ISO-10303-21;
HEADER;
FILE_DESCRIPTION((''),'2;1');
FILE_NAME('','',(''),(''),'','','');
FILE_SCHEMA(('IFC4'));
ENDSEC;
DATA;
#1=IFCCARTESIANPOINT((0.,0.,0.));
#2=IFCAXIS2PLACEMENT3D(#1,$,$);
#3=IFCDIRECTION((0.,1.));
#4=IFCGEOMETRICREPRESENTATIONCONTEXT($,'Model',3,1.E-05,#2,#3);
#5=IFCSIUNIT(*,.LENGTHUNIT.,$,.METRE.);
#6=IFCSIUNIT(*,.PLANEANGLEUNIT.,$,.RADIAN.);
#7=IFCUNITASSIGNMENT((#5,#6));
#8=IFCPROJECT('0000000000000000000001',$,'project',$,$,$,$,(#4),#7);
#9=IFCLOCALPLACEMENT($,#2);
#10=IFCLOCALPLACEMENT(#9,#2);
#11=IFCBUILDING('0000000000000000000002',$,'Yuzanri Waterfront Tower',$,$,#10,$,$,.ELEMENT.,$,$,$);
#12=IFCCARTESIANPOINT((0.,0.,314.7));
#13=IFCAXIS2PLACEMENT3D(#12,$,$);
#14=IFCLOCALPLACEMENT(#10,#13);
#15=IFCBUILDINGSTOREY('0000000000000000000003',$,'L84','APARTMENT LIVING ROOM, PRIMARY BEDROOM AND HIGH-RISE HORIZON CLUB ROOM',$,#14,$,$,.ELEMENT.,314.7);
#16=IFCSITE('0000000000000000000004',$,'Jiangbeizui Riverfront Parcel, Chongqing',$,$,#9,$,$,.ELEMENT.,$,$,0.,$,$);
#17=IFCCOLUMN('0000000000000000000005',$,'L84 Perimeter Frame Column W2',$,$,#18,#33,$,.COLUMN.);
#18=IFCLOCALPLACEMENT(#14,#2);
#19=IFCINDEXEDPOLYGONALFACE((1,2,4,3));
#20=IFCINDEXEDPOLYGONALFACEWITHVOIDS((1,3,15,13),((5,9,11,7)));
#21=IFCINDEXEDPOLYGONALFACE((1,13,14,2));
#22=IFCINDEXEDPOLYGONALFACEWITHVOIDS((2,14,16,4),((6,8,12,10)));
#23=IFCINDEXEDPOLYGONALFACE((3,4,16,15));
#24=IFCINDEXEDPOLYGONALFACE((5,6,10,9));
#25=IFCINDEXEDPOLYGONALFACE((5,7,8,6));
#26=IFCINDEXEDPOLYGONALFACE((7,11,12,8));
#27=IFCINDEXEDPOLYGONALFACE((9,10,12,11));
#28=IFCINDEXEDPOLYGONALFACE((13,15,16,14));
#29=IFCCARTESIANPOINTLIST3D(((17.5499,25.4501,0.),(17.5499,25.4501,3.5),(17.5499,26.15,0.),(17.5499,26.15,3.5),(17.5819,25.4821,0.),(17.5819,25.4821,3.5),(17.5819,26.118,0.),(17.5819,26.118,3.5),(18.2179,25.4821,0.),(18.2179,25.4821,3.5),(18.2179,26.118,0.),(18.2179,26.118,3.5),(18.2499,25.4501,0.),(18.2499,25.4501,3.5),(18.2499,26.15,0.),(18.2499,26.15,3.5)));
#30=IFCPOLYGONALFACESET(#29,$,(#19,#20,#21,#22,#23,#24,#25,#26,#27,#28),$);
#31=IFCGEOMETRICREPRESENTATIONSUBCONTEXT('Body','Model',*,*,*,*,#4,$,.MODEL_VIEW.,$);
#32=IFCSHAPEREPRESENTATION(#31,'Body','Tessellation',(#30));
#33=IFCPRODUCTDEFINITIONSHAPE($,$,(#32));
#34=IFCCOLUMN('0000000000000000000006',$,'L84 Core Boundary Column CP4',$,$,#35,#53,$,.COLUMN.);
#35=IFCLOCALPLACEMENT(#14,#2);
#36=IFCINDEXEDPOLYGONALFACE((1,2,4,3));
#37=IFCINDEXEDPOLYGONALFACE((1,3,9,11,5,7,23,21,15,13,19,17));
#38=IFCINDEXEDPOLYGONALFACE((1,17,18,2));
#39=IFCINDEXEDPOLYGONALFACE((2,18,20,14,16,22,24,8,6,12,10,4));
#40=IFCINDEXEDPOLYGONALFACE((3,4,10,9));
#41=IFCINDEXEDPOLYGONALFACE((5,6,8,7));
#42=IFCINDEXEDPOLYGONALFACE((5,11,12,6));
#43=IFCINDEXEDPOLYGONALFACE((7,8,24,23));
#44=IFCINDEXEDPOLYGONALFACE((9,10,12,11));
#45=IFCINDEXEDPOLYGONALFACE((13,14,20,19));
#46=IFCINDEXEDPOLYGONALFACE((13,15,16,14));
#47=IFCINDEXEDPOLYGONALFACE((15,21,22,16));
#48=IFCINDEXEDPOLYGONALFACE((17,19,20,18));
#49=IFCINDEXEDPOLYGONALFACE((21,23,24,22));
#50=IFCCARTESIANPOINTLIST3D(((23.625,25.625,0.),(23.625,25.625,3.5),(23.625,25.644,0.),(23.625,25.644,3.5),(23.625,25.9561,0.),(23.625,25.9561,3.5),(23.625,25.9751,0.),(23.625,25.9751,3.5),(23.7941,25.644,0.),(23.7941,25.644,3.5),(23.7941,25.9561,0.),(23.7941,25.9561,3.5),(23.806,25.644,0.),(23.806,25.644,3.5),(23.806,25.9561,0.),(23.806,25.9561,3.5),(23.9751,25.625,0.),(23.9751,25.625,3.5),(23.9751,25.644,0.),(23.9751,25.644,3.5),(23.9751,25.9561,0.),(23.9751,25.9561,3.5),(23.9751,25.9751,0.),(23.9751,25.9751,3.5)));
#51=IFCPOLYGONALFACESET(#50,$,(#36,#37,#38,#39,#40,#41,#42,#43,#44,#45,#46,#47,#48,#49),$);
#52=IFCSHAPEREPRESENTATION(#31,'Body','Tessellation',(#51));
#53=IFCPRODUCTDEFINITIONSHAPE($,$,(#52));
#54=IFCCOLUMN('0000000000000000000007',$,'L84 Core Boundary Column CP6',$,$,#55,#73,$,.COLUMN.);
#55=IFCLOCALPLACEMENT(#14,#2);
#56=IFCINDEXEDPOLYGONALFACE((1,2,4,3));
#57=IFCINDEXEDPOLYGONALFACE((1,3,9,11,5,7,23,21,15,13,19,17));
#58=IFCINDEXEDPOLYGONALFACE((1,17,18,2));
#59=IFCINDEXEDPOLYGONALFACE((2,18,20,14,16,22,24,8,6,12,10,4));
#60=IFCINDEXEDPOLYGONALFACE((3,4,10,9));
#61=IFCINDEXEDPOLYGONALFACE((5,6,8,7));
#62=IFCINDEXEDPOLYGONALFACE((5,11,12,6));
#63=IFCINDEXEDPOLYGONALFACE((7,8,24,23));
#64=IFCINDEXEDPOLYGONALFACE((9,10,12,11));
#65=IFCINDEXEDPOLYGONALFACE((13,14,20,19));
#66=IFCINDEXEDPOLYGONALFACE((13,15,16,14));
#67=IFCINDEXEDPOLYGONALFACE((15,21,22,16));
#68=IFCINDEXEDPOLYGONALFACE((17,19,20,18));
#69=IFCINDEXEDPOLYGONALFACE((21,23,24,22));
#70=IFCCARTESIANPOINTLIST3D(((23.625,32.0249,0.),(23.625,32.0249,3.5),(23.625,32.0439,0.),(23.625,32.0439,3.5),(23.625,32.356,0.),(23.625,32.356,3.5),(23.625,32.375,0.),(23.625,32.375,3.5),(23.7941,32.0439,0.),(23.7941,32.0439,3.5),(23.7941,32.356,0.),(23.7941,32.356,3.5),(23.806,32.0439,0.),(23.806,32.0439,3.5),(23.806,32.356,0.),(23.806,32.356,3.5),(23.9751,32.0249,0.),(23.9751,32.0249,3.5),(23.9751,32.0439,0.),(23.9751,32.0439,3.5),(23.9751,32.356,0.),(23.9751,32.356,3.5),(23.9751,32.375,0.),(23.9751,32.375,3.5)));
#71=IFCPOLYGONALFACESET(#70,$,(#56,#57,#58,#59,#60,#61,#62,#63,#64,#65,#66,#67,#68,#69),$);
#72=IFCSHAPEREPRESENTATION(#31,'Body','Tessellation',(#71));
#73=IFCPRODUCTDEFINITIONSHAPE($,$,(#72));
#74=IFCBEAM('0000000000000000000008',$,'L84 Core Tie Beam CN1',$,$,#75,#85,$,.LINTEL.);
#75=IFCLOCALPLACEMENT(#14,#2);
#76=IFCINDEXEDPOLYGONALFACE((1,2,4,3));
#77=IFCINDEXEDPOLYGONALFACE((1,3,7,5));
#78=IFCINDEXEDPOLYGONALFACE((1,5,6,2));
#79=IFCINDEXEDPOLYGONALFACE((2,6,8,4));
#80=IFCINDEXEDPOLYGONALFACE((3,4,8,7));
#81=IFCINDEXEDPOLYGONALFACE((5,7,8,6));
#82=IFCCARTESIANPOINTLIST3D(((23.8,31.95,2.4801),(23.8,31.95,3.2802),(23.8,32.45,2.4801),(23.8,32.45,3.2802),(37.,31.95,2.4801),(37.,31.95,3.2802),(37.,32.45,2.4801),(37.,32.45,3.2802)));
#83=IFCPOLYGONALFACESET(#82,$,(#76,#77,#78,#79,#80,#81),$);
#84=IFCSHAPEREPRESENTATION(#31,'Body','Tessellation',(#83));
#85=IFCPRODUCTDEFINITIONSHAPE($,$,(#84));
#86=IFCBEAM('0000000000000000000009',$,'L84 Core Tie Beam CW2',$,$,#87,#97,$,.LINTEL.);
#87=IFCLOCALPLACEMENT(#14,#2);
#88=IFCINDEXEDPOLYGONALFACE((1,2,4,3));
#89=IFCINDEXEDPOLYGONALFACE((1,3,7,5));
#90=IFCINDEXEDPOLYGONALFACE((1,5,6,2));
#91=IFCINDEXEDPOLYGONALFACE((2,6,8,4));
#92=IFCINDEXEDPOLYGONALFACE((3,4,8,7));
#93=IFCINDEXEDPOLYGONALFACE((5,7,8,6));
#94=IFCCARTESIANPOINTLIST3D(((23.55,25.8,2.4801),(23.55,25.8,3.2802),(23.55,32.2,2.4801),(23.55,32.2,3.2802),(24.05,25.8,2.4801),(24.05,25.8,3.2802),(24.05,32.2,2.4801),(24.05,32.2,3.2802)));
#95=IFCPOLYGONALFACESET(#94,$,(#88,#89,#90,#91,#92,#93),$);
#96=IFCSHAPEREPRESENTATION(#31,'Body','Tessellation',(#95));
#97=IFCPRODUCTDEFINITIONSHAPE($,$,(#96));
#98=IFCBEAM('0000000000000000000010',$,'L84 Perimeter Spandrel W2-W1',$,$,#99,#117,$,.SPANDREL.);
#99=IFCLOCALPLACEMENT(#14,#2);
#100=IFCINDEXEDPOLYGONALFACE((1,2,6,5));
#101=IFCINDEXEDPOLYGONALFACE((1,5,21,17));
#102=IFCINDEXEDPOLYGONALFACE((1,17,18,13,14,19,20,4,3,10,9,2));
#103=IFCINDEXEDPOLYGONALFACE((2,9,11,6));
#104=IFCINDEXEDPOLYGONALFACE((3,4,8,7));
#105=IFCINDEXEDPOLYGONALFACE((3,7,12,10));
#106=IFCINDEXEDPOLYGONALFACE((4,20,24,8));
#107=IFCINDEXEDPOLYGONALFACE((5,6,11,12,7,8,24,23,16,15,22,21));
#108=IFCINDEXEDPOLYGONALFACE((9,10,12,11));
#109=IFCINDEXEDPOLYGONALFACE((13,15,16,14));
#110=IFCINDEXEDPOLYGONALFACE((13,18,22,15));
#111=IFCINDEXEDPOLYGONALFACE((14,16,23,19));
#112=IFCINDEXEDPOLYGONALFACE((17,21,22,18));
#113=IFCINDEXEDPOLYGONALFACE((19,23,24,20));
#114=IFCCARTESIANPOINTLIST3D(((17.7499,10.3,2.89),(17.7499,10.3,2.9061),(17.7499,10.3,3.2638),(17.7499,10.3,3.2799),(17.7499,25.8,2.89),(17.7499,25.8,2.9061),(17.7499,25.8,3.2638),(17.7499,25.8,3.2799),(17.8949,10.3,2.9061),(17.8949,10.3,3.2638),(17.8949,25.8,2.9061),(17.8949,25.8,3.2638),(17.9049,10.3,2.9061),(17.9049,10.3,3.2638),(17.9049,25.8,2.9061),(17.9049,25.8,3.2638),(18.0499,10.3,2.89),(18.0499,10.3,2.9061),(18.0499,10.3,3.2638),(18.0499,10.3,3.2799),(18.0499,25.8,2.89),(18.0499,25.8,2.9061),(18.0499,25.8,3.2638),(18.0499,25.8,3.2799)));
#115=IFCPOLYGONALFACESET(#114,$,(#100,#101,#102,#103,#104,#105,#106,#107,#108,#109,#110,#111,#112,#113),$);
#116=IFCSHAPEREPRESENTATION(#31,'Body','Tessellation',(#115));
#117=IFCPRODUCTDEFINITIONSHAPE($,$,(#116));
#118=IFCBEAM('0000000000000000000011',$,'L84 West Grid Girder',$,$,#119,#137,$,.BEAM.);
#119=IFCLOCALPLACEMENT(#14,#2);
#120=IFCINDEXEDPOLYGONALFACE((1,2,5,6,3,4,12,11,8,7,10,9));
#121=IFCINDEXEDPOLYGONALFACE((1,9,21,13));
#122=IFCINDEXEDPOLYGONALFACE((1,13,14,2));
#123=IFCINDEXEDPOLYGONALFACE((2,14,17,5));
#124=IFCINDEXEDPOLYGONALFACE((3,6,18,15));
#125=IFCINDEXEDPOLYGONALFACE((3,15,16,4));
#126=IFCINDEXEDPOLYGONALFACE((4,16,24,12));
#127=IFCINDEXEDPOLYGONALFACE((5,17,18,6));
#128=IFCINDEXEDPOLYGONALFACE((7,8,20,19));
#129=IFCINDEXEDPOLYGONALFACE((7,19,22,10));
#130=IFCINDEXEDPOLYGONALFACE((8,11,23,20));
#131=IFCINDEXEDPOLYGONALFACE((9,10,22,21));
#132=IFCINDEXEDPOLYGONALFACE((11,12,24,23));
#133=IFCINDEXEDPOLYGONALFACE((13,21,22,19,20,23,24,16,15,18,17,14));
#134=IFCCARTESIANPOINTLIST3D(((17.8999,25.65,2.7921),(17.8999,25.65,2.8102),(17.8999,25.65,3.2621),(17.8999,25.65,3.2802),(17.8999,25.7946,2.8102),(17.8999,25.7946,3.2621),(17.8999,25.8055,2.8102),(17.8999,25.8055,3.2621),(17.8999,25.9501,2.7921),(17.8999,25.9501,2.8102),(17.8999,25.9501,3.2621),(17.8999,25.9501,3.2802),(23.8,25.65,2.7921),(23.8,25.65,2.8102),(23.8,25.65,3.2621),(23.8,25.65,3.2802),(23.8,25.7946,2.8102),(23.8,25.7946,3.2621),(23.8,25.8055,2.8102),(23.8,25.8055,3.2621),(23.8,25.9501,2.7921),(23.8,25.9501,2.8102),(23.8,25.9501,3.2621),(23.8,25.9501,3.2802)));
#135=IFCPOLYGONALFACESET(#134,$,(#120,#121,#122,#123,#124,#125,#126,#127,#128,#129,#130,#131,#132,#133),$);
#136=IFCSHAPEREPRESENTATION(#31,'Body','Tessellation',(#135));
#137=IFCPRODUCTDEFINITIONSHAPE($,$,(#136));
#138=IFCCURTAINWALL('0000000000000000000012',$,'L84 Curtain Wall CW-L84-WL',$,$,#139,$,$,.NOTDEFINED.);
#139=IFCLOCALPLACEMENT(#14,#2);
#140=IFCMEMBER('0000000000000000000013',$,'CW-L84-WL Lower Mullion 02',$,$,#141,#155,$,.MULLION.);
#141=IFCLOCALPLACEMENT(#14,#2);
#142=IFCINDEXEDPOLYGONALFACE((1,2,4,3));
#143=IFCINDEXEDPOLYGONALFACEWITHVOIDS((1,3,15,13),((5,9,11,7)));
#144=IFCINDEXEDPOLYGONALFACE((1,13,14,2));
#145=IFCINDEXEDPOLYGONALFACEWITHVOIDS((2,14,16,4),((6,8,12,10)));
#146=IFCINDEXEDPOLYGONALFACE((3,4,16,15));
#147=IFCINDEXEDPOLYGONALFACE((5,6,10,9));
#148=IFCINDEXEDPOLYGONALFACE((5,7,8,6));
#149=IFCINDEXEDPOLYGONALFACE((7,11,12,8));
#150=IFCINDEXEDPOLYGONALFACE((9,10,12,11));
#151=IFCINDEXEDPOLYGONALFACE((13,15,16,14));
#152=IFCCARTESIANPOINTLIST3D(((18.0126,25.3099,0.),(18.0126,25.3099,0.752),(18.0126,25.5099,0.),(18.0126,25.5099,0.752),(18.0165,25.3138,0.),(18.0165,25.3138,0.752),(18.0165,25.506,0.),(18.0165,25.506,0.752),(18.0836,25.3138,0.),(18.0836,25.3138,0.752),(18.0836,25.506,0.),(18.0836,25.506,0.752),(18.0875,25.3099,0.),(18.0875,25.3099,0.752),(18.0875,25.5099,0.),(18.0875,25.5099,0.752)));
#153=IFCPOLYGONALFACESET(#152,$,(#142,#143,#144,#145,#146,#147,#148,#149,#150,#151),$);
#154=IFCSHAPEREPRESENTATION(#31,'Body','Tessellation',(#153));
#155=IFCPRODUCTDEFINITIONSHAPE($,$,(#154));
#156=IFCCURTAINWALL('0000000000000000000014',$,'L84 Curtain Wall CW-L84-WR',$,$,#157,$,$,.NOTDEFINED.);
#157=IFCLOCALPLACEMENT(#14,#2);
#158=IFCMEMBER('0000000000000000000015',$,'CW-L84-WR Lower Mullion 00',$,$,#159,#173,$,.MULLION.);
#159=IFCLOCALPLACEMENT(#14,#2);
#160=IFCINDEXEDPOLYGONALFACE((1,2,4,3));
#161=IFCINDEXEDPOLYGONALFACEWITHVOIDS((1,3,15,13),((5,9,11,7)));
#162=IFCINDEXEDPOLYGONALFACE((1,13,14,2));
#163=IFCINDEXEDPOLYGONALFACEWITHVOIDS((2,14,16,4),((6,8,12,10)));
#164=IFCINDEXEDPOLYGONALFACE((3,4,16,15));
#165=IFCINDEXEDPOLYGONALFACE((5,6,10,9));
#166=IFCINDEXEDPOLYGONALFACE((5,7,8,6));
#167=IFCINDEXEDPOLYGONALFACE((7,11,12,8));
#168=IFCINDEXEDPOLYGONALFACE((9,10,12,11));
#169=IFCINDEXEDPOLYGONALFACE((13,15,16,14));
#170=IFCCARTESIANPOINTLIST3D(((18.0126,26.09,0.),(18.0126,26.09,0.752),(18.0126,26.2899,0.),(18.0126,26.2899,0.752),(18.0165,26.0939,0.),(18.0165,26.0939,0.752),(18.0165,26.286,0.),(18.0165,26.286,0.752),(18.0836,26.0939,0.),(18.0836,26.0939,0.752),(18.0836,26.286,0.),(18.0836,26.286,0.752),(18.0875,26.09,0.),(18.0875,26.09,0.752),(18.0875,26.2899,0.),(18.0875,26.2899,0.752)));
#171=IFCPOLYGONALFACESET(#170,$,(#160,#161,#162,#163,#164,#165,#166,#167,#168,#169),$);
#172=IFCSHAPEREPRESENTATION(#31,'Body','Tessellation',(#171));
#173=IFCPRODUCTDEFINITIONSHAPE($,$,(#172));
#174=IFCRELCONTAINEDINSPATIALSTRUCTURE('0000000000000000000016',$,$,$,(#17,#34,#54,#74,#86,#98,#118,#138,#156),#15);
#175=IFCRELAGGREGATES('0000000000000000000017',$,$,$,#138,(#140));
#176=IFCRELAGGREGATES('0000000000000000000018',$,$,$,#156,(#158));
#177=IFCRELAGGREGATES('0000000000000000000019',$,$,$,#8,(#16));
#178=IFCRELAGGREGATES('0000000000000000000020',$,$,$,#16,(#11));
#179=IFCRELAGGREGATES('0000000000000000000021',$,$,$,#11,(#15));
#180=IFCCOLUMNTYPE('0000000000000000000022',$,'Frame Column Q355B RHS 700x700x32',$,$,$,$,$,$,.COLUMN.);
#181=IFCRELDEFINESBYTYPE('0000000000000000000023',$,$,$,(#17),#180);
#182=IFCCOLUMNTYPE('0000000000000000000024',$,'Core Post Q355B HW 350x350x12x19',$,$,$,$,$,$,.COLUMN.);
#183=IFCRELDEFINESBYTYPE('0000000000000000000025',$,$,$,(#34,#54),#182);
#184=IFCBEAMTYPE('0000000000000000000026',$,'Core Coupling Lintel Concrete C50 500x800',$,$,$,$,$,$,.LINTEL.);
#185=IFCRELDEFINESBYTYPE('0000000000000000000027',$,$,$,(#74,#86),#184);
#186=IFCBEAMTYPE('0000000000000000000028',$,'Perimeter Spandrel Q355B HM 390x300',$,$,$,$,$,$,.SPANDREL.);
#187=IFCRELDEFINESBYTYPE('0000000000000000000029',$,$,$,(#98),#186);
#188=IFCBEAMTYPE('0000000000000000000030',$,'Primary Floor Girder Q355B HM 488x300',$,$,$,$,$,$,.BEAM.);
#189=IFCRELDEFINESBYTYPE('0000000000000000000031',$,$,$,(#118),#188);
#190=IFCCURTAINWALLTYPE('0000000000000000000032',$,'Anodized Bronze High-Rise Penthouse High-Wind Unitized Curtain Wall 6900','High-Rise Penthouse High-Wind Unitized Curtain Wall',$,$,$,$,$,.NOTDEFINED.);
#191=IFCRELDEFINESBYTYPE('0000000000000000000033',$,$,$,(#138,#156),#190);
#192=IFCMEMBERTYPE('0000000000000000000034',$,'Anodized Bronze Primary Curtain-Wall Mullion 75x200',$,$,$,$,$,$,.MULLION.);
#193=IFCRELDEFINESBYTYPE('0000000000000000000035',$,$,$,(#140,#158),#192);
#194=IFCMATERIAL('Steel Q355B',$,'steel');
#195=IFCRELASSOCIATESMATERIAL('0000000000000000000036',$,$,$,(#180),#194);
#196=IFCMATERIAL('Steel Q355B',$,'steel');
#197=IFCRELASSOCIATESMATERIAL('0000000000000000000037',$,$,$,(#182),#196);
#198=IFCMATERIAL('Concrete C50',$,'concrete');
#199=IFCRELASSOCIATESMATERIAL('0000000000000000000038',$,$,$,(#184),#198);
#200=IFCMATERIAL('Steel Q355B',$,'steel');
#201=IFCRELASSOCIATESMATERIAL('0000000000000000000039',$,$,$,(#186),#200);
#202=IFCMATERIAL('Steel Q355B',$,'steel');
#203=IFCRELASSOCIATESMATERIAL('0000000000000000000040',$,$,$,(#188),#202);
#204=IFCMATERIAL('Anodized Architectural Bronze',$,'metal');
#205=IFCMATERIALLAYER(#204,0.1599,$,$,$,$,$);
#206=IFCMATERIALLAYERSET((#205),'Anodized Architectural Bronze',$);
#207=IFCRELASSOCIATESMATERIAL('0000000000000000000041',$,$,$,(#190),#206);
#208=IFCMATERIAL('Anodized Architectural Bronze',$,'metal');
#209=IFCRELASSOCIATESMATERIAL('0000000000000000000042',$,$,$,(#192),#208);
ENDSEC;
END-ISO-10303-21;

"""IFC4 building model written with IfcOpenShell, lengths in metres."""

from ifc_helpers import new_model, si_unit, direction, frame, origin, origin_2d, place, context, subcontext, project, spatial, rectangle, hollow_rectangle, i_section, extrude, source, transform, mapped, material, layer, layer_set, material_profile, profile_set, type_object, element, aggregate, save


model = new_model("IFC4")

# Units and contexts
model_context = context("Model", 3, precision=1e-05, world=origin(), true_north=direction((0.0, 1.0)))
body_context = subcontext(model_context, "Body", "Model", "MODEL_VIEW")
ifc_project = project(units=[si_unit("LENGTHUNIT", "METRE"), si_unit("PLANEANGLEUNIT", "RADIAN")], contexts=[model_context])

# Site, building, storey
site_placement = place(None, origin())
site = spatial("IfcSite", under=ifc_project, at=site_placement, Name="Jiangbeizui Riverfront Parcel, Chongqing", CompositionType="ELEMENT", RefElevation=0.0)
building_placement = place(site_placement, origin())
building = spatial("IfcBuilding", under=site, at=building_placement, Name="Yuzanri Waterfront Tower", CompositionType="ELEMENT")
storey_placement = place(building_placement, frame((0.0, 0.0, 314.7)))
storey = spatial("IfcBuildingStorey", under=building, at=storey_placement, Name="L84", Description="APARTMENT LIVING ROOM, PRIMARY BEDROOM AND HIGH-RISE HORIZON CLUB ROOM", CompositionType="ELEMENT", Elevation=314.7)

# Columns
ifc_material_1 = material(Name="Steel Q355B", Category="steel")
ifc_material_profile_1 = material_profile(ifc_material_1, hollow_rectangle(XDim=0.7, YDim=0.7, WallThickness=0.032, at=origin_2d()), Name="RHS 700x700x32")
ifc_profile_set_1 = profile_set([ifc_material_profile_1], Name="Steel Q355B")
column_type_1 = type_object("IfcColumnType", Name="Frame Column Q355B RHS 700x700x32", PredefinedType="COLUMN", material=ifc_profile_set_1)
shared_shape_1 = source(origin(), body_context, "Body", "SweptSolid", [
    extrude(hollow_rectangle(XDim=0.7, YDim=0.7, WallThickness=0.032, at=origin_2d()), origin(), (0.0, 0.0, 1.0), 3.5),
])
column_placement = place(storey_placement, frame((17.8999, 25.8, 0.0), z_axis=(0.0, 0.0, 1.0), x_axis=(1.0, 0.0, 0.0)))
element("IfcColumn", 1, at=column_placement, inside=storey, type_object=column_type_1, Name="L84 Perimeter Frame Column W2", PredefinedType="COLUMN", context=body_context, shape_type="MappedRepresentation", body=[
    mapped(shared_shape_1, transform((0.0, 0.0, 0.0), scale=1.0)),
])
ifc_material_2 = material(Name="Steel Q355B", Category="steel")
ifc_material_profile_2 = material_profile(ifc_material_2, i_section(OverallWidth=0.3501, OverallDepth=0.3501, WebThickness=0.012, FlangeThickness=0.019, at=origin_2d()), Name="HW 350x350x12x19")
ifc_profile_set_2 = profile_set([ifc_material_profile_2], Name="Steel Q355B")
column_type_2 = type_object("IfcColumnType", Name="Core Post Q355B HW 350x350x12x19", PredefinedType="COLUMN", material=ifc_profile_set_2)
shared_shape_2 = source(origin(), body_context, "Body", "SweptSolid", [
    extrude(i_section(OverallWidth=0.3501, OverallDepth=0.3501, WebThickness=0.012, FlangeThickness=0.019, at=origin_2d()), origin(), (0.0, 0.0, 1.0), 3.5),
])
for number, where, z_axis, x_axis, name in (
    (2, (23.8, 25.8, 0.0), (0.0, 0.0, 1.0), (1.0, 0.0, 0.0), "L84 Core Boundary Column CP4"),
    (3, (23.8, 32.2, 0.0), (0.0, 0.0, 1.0), (1.0, 0.0, 0.0), "L84 Core Boundary Column CP6"),
):
    element("IfcColumn", number, at=place(storey_placement, frame(where, z_axis=z_axis, x_axis=x_axis)), inside=storey, type_object=column_type_2, Name=name, PredefinedType="COLUMN", context=body_context, shape_type="MappedRepresentation", body=[
        mapped(shared_shape_2, transform((0.0, 0.0, 0.0), scale=1.0)),
    ])

# Beams
ifc_material_3 = material(Name="Concrete C50", Category="concrete")
ifc_material_profile_3 = material_profile(ifc_material_3, rectangle(XDim=0.5, YDim=0.8, at=origin_2d()), Name="RC 500x800")
ifc_profile_set_3 = profile_set([ifc_material_profile_3], Name="Concrete C50")
beam_type_1 = type_object("IfcBeamType", Name="Core Coupling Lintel Concrete C50 500x800", PredefinedType="LINTEL", material=ifc_profile_set_3)
shared_shape_3 = source(origin(), body_context, "Body", "SweptSolid", [
    extrude(rectangle(XDim=0.5, YDim=0.8, at=origin_2d()), origin(), (0.0, 0.0, 1.0), 13.2),
])
beam_1_placement = place(storey_placement, frame((23.8, 32.2, 2.8801), z_axis=(1.0, 0.0, 0.0), x_axis=(0.0, 1.0, 0.0)))
element("IfcBeam", 4, at=beam_1_placement, inside=storey, type_object=beam_type_1, Name="L84 Core Tie Beam CN1", PredefinedType="LINTEL", context=body_context, shape_type="MappedRepresentation", body=[
    mapped(shared_shape_3, transform((0.0, 0.0, 0.0), scale=1.0)),
])
shared_shape_4 = source(origin(), body_context, "Body", "SweptSolid", [
    extrude(rectangle(XDim=0.5, YDim=0.8, at=origin_2d()), origin(), (0.0, 0.0, 1.0), 6.3999),
])
beam_2_placement = place(storey_placement, frame((23.8, 25.8, 2.8801), z_axis=(0.0, 1.0, 0.0), x_axis=(-1.0, 0.0, 0.0)))
element("IfcBeam", 5, at=beam_2_placement, inside=storey, type_object=beam_type_1, Name="L84 Core Tie Beam CW2", PredefinedType="LINTEL", context=body_context, shape_type="MappedRepresentation", body=[
    mapped(shared_shape_4, transform((0.0, 0.0, 0.0), scale=1.0)),
])
ifc_material_4 = material(Name="Steel Q355B", Category="steel")
ifc_material_profile_4 = material_profile(ifc_material_4, i_section(OverallWidth=0.3, OverallDepth=0.3899, WebThickness=0.01, FlangeThickness=0.0161, at=origin_2d()), Name="HM 390x300x10x16")
ifc_profile_set_4 = profile_set([ifc_material_profile_4], Name="Steel Q355B")
beam_type_2 = type_object("IfcBeamType", Name="Perimeter Spandrel Q355B HM 390x300", PredefinedType="SPANDREL", material=ifc_profile_set_4)
shared_shape_5 = source(origin(), body_context, "Body", "SweptSolid", [
    extrude(i_section(OverallWidth=0.3, OverallDepth=0.3899, WebThickness=0.01, FlangeThickness=0.0161, at=origin_2d()), origin(), (0.0, 0.0, 1.0), 15.5),
])
beam_3_placement = place(storey_placement, frame((17.8999, 25.8, 3.085), z_axis=(0.0, -1.0, 0.0), x_axis=(1.0, 0.0, 0.0)))
element("IfcBeam", 6, at=beam_3_placement, inside=storey, type_object=beam_type_2, Name="L84 Perimeter Spandrel W2-W1", PredefinedType="SPANDREL", context=body_context, shape_type="MappedRepresentation", body=[
    mapped(shared_shape_5, transform((0.0, 0.0, 0.0), scale=1.0)),
])
ifc_material_5 = material(Name="Steel Q355B", Category="steel")
ifc_material_profile_5 = material_profile(ifc_material_5, i_section(OverallWidth=0.3, OverallDepth=0.488, WebThickness=0.011, FlangeThickness=0.0181, at=origin_2d()), Name="HM 488x300x11x18")
ifc_profile_set_5 = profile_set([ifc_material_profile_5], Name="Steel Q355B")
beam_type_3 = type_object("IfcBeamType", Name="Primary Floor Girder Q355B HM 488x300", PredefinedType="BEAM", material=ifc_profile_set_5)
shared_shape_6 = source(origin(), body_context, "Body", "SweptSolid", [
    extrude(i_section(OverallWidth=0.3, OverallDepth=0.488, WebThickness=0.011, FlangeThickness=0.0181, at=origin_2d()), origin(), (0.0, 0.0, 1.0), 5.9001),
])
beam_4_placement = place(storey_placement, frame((23.8, 25.8, 3.0361), z_axis=(-1.0, 0.0, 0.0), x_axis=(0.0, -1.0, 0.0)))
element("IfcBeam", 7, at=beam_4_placement, inside=storey, type_object=beam_type_3, Name="L84 West Grid Girder", PredefinedType="BEAM", context=body_context, shape_type="MappedRepresentation", body=[
    mapped(shared_shape_6, transform((0.0, 0.0, 0.0), scale=1.0)),
])

# Curtain wall, member
ifc_material_6 = material(Name="Anodized Architectural Bronze", Category="metal")
ifc_layer_1 = layer(ifc_material_6, 0.1599)
ifc_layer_set_1 = layer_set([ifc_layer_1], Name="Anodized Architectural Bronze")
curtain_wall_type = type_object("IfcCurtainWallType", Name="Anodized Bronze High-Rise Penthouse High-Wind Unitized Curtain Wall 6900", Description="High-Rise Penthouse High-Wind Unitized Curtain Wall", PredefinedType="NOTDEFINED", material=ifc_layer_set_1)
curtain_wall_1_placement = place(storey_placement, origin())
curtain_wall_1 = element("IfcCurtainWall", 8, at=curtain_wall_1_placement, inside=storey, type_object=curtain_wall_type, Name="L84 Curtain Wall CW-L84-WL", PredefinedType="NOTDEFINED")
ifc_material_7 = material(Name="Anodized Architectural Bronze", Category="metal")
ifc_material_profile_6 = material_profile(ifc_material_7, hollow_rectangle(XDim=0.075, YDim=0.2, WallThickness=0.0039, at=origin_2d()), Name="CWM 75x200")
ifc_profile_set_6 = profile_set([ifc_material_profile_6], Name="Anodized Architectural Bronze")
member_type_1 = type_object("IfcMemberType", Name="Anodized Bronze Primary Curtain-Wall Mullion 75x200", PredefinedType="MULLION", material=ifc_profile_set_6)
shared_shape_7 = source(origin(), body_context, "Body", "SweptSolid", [
    extrude(hollow_rectangle(XDim=0.075, YDim=0.2, WallThickness=0.0039, at=origin_2d()), origin(), (0.0, 0.0, 1.0), 0.752),
])
member_1_placement = place(storey_placement, frame((18.05, 25.4099, 0.0), z_axis=(0.0, 0.0, 1.0), x_axis=(1.0, 0.0, 0.0)))
member_1 = element("IfcMember", 9, at=member_1_placement, type_object=member_type_1, Name="CW-L84-WL Lower Mullion 02", PredefinedType="MULLION", context=body_context, shape_type="MappedRepresentation", body=[
    mapped(shared_shape_7, transform((0.0, 0.0, 0.0), scale=1.0)),
])

# Curtain wall, member
curtain_wall_2_placement = place(storey_placement, origin())
curtain_wall_2 = element("IfcCurtainWall", 10, at=curtain_wall_2_placement, inside=storey, type_object=curtain_wall_type, Name="L84 Curtain Wall CW-L84-WR", PredefinedType="NOTDEFINED")
member_2_placement = place(storey_placement, frame((18.05, 26.1899, 0.0), z_axis=(0.0, 0.0, 1.0), x_axis=(1.0, 0.0, 0.0)))
member_2 = element("IfcMember", 11, at=member_2_placement, type_object=member_type_1, Name="CW-L84-WR Lower Mullion 00", PredefinedType="MULLION", context=body_context, shape_type="MappedRepresentation", body=[
    mapped(shared_shape_7, transform((0.0, 0.0, 0.0), scale=1.0)),
])

aggregate(curtain_wall_1, [member_1])

aggregate(curtain_wall_2, [member_2])

save(model, "model.ifc")
